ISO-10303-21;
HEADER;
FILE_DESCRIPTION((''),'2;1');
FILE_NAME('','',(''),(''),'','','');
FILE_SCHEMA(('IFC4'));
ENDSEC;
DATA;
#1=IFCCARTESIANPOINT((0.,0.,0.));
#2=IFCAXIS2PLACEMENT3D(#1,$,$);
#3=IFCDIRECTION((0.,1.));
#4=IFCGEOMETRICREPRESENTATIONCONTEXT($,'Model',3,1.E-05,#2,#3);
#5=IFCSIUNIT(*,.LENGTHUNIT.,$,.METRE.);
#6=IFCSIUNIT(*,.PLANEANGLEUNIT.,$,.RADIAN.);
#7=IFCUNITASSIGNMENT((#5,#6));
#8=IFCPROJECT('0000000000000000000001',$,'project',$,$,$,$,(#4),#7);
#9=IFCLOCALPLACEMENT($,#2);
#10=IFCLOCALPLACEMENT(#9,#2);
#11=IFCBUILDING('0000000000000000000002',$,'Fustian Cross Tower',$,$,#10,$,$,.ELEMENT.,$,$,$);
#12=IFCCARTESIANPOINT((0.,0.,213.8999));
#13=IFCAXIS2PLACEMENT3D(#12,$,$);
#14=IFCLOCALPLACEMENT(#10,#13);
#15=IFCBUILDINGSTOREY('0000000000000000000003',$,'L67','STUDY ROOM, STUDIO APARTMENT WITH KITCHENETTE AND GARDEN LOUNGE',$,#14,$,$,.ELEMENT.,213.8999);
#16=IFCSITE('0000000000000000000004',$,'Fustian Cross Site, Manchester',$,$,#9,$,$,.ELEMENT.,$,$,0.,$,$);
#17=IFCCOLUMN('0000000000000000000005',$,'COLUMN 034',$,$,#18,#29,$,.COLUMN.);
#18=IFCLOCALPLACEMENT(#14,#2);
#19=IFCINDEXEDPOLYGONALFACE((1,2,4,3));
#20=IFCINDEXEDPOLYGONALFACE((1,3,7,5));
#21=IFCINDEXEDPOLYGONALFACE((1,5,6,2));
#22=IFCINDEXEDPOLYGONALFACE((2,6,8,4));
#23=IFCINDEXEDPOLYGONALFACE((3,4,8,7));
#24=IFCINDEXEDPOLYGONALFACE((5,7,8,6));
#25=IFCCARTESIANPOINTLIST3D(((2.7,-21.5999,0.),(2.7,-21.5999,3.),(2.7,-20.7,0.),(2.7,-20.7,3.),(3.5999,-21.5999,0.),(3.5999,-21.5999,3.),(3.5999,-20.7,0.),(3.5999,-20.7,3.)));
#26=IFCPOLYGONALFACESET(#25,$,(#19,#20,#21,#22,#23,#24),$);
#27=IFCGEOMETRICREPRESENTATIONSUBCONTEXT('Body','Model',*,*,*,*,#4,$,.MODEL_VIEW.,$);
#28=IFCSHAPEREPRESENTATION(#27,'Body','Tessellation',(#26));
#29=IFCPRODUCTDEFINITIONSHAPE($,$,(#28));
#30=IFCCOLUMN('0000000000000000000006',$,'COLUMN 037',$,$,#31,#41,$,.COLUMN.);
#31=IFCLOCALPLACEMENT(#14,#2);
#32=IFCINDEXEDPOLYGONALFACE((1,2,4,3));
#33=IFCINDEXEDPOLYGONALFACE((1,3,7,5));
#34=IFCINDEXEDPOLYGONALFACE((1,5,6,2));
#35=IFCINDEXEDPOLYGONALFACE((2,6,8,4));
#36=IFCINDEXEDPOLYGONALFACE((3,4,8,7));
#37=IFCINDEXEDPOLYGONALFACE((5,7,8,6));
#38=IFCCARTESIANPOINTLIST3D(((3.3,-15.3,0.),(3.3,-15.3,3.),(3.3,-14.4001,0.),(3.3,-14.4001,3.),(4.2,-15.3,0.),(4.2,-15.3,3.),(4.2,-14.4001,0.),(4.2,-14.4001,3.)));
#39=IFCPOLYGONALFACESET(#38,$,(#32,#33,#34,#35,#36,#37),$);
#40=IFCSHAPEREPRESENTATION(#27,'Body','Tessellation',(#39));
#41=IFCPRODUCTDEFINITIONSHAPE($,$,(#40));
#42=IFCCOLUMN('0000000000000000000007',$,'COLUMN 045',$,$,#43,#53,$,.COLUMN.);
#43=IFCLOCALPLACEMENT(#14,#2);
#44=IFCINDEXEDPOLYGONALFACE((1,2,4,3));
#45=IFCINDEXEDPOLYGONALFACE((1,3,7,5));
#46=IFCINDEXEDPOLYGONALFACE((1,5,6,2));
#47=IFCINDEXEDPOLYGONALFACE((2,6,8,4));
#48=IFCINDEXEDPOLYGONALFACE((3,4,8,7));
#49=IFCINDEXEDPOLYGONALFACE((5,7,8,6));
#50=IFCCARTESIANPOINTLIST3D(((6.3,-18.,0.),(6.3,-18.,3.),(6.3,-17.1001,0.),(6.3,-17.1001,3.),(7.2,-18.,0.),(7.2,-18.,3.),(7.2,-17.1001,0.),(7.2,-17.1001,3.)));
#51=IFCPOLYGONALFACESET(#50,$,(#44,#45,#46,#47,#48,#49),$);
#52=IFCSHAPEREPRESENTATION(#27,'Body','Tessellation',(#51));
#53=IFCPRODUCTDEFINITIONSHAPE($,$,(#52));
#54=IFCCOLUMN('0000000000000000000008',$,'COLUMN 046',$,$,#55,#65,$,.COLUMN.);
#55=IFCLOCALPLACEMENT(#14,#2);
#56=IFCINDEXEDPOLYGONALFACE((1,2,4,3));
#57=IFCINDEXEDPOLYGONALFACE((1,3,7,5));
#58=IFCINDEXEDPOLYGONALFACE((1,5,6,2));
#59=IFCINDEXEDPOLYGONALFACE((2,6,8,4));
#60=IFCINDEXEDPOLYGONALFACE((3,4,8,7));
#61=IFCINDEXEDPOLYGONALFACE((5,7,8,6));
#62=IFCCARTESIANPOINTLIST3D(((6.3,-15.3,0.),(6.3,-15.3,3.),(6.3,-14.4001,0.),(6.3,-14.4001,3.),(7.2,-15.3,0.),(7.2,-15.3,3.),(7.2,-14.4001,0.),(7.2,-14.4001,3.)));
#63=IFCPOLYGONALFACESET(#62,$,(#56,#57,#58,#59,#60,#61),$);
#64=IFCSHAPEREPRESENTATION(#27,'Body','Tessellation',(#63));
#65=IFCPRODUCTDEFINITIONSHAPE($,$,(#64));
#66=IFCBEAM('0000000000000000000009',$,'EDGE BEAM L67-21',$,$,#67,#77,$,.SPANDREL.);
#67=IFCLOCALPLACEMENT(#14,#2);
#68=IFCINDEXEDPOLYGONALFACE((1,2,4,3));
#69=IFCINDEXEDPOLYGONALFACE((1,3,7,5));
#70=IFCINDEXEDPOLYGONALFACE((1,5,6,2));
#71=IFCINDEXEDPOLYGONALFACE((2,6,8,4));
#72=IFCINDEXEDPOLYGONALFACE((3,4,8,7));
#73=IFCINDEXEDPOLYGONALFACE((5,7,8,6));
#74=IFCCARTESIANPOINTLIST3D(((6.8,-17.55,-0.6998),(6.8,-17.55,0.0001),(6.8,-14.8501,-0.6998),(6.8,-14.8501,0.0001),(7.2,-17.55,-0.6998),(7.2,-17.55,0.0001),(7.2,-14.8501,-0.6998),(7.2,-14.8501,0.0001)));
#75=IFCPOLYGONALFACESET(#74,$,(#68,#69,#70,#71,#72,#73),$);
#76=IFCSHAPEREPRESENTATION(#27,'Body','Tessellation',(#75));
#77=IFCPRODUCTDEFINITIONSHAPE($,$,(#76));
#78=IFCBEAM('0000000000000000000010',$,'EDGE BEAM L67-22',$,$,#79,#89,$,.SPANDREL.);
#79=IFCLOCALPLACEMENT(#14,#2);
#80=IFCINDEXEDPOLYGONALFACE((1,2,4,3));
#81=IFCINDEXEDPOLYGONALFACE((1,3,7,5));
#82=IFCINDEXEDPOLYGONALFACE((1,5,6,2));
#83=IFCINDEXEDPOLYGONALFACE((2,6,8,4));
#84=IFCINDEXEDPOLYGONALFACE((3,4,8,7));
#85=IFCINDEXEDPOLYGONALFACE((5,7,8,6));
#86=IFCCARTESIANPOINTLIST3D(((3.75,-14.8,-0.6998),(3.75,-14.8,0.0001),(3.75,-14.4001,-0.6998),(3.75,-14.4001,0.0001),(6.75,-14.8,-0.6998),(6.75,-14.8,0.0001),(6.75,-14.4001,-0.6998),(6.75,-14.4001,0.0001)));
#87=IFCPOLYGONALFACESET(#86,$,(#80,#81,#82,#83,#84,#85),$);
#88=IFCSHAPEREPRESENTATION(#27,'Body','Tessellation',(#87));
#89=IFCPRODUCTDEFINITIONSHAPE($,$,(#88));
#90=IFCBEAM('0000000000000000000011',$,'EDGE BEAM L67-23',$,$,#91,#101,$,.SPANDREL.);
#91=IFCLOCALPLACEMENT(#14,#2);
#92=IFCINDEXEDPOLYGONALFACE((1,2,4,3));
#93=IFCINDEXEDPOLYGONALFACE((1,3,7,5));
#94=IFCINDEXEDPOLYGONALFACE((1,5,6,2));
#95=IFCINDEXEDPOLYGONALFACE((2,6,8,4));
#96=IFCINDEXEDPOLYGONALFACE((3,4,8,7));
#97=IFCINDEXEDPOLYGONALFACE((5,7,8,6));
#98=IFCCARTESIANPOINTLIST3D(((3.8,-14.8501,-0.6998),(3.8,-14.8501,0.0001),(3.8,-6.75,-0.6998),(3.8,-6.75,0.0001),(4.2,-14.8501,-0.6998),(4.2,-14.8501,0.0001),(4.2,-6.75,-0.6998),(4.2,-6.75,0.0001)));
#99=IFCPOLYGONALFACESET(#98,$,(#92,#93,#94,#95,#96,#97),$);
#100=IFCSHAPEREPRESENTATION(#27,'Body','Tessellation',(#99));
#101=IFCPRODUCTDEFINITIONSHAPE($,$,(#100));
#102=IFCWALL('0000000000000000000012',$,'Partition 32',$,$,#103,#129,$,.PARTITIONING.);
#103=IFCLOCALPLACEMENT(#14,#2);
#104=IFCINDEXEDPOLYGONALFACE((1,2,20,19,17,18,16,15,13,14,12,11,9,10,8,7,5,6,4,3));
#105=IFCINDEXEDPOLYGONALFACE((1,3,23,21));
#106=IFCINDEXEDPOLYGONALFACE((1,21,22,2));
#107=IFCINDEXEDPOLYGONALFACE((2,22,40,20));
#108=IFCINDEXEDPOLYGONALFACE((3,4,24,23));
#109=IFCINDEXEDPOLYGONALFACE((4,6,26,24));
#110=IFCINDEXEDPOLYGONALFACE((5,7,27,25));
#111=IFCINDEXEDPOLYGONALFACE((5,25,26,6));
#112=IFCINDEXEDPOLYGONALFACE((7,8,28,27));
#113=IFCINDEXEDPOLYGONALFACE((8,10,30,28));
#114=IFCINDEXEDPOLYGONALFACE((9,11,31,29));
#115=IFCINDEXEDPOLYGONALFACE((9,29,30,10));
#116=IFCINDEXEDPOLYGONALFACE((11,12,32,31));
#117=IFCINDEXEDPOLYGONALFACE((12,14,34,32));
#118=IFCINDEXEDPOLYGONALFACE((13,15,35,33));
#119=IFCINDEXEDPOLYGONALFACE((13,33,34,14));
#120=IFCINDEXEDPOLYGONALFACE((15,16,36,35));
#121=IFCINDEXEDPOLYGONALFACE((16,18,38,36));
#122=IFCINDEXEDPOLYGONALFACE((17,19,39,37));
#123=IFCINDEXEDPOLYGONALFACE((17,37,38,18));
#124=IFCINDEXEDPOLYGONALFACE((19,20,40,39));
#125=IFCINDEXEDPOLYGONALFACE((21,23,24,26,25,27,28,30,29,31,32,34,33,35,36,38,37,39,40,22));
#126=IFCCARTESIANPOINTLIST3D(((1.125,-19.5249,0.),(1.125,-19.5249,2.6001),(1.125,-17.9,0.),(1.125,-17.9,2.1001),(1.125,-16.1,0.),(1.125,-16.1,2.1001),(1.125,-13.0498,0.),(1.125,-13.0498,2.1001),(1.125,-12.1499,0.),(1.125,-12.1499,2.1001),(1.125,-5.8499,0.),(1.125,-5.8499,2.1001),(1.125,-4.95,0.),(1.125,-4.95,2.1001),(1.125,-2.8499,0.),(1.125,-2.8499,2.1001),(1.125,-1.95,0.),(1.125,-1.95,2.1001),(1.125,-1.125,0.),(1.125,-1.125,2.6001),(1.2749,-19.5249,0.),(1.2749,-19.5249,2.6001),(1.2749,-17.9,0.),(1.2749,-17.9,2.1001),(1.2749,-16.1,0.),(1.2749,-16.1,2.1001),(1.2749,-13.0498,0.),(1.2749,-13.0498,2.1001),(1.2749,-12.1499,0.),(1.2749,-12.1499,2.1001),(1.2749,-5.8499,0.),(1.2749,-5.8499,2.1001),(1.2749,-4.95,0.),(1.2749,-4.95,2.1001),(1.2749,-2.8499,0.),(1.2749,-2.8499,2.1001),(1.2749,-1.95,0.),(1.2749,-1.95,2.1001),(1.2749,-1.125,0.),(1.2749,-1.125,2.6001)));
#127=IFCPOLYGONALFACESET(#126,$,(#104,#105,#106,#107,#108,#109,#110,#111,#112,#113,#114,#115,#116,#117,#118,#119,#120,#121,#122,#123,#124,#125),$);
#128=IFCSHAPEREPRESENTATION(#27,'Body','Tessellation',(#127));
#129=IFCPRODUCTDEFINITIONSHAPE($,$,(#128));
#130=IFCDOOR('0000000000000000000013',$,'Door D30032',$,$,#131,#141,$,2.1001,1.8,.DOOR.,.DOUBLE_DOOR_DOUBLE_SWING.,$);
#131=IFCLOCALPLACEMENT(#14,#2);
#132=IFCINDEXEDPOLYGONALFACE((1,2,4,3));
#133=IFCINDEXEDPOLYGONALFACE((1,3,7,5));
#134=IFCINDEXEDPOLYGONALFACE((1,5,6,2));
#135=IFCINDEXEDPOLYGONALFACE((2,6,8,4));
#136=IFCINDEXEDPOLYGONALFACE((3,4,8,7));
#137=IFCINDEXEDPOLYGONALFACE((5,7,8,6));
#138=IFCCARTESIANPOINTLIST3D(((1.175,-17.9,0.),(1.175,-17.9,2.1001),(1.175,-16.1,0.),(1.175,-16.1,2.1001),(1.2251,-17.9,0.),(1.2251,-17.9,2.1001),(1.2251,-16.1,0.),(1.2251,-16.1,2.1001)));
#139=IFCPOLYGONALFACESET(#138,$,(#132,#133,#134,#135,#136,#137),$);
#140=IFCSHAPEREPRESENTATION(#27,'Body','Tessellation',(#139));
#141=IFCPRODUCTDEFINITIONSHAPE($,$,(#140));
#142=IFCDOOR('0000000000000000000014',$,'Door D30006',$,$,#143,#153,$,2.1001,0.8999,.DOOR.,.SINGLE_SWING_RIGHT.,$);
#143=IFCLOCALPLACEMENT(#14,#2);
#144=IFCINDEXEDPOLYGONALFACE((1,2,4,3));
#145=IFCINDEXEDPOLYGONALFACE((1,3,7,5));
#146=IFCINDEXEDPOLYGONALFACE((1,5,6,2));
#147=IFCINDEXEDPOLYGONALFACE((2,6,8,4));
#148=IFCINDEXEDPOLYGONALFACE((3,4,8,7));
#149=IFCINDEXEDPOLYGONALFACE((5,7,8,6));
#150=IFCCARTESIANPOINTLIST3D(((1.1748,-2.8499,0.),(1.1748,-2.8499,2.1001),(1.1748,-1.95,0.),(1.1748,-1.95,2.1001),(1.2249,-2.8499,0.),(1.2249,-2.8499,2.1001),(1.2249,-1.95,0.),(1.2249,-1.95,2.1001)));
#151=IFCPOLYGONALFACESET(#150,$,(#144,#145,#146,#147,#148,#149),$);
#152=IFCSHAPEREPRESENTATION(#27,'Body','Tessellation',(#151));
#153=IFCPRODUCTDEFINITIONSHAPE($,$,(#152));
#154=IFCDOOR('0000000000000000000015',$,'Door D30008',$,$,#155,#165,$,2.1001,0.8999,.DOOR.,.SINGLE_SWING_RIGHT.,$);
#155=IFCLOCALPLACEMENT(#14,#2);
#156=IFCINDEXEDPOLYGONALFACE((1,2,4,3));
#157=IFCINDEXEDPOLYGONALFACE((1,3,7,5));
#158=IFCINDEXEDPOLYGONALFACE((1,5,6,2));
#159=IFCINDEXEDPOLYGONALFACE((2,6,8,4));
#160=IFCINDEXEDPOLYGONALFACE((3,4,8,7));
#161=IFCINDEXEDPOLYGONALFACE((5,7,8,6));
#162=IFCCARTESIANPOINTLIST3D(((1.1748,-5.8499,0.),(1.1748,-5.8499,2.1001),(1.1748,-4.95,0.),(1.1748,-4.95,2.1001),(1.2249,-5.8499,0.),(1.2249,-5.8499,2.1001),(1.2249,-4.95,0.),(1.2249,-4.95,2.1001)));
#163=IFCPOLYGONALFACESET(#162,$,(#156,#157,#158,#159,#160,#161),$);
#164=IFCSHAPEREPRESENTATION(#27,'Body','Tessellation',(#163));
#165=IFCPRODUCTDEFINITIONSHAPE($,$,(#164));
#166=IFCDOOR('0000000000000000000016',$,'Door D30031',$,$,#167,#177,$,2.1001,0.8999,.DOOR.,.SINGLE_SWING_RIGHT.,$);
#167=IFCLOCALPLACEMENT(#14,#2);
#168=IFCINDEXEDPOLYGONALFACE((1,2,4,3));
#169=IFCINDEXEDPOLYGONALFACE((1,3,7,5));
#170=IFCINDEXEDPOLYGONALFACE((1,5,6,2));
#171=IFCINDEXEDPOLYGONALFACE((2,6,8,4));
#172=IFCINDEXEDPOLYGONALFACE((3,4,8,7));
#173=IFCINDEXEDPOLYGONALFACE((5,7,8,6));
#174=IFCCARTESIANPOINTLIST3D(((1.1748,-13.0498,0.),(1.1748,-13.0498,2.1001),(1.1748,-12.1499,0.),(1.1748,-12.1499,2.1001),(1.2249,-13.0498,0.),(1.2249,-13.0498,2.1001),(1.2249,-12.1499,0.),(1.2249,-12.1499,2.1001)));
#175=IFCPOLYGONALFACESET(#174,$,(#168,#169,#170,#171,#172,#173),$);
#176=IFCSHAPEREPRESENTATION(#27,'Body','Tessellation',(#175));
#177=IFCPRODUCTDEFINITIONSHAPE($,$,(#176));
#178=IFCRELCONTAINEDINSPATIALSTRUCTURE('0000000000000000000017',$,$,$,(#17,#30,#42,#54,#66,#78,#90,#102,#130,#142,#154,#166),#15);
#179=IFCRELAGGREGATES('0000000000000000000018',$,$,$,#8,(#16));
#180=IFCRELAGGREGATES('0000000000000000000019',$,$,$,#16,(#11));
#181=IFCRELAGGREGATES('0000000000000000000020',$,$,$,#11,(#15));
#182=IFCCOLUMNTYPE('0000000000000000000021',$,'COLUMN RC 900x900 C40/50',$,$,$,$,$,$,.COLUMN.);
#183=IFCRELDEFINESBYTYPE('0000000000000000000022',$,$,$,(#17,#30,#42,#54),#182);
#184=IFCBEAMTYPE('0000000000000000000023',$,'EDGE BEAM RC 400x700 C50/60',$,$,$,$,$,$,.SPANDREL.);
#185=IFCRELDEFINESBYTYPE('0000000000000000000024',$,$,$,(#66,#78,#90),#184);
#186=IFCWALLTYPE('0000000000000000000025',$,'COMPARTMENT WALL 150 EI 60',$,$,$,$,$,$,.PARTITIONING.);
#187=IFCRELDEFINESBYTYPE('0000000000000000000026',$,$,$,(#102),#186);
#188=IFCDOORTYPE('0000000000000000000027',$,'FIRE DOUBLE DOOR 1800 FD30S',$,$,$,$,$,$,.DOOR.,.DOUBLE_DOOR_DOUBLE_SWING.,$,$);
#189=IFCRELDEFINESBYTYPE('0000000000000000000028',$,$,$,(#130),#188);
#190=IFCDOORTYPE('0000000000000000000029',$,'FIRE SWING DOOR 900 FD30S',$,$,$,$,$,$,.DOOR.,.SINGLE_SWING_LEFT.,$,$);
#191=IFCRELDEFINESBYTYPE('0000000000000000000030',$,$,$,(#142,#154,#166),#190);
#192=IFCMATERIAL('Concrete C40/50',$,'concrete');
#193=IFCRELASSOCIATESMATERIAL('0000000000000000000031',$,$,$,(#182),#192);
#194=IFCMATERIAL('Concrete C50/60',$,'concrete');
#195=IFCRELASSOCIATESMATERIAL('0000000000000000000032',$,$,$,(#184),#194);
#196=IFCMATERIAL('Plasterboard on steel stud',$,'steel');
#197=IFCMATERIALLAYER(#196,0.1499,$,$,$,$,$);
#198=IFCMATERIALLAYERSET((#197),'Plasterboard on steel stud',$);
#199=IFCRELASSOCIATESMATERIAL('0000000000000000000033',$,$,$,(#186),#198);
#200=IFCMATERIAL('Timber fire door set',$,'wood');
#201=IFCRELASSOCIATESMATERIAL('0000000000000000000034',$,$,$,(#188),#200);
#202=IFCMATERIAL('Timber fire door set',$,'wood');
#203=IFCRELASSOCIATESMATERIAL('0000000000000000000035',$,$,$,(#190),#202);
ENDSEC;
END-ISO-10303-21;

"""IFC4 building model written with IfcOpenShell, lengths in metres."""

from ifc_helpers import new_model, si_unit, direction, frame, frame_2d, origin, origin_2d, place, context, subcontext, project, spatial, rectangle, extrude, material, layer, layer_set, material_profile, profile_set, type_object, element, fill, save


model = new_model("IFC4")

# Units and contexts
model_context = context("Model", 3, precision=1e-05, world=origin(), true_north=direction((0.0, 1.0)))
body_context = subcontext(model_context, "Body", "Model", "MODEL_VIEW")
ifc_project = project(units=[si_unit("LENGTHUNIT", "METRE"), si_unit("PLANEANGLEUNIT", "RADIAN")], contexts=[model_context])

# Site, building, storey
site_placement = place(None, origin())
site = spatial("IfcSite", under=ifc_project, at=site_placement, Name="Fustian Cross Site, Manchester", CompositionType="ELEMENT", RefElevation=0.0)
building_placement = place(site_placement, origin())
building = spatial("IfcBuilding", under=site, at=building_placement, Name="Fustian Cross Tower", CompositionType="ELEMENT")
storey_placement = place(building_placement, frame((0.0, 0.0, 213.8999)))
storey = spatial("IfcBuildingStorey", under=building, at=storey_placement, Name="L67", Description="STUDY ROOM, STUDIO APARTMENT WITH KITCHENETTE AND GARDEN LOUNGE", CompositionType="ELEMENT", Elevation=213.8999)

# Columns
ifc_material_1 = material(Name="Concrete C40/50", Category="concrete")
ifc_material_profile_1 = material_profile(ifc_material_1, rectangle(XDim=0.8999, YDim=0.8999, at=origin_2d()), Name="RC 900x900")
ifc_profile_set_1 = profile_set([ifc_material_profile_1], Name="Concrete C40/50")
column_type = type_object("IfcColumnType", Name="COLUMN RC 900x900 C40/50", PredefinedType="COLUMN", material=ifc_profile_set_1)
for number, where, z_axis, x_axis, name in (
    (1, (3.1499, -21.1499, 0.0), (0.0, 0.0, 1.0), (1.0, 0.0, 0.0), "COLUMN 034"),
    (2, (3.75, -14.8501, 0.0), (0.0, 0.0, 1.0), (1.0, 0.0, 0.0), "COLUMN 037"),
    (3, (6.75, -17.55, 0.0), (0.0, 0.0, 1.0), (1.0, 0.0, 0.0), "COLUMN 045"),
    (4, (6.75, -14.8501, 0.0), (0.0, 0.0, 1.0), (1.0, 0.0, 0.0), "COLUMN 046"),
):
    element("IfcColumn", number, at=place(storey_placement, frame(where, z_axis=z_axis, x_axis=x_axis)), inside=storey, type_object=column_type, Name=name, PredefinedType="COLUMN", context=body_context, shape_type="SweptSolid", body=[
        extrude(rectangle(XDim=0.8999, YDim=0.8999, at=origin_2d()), origin(), (0.0, 0.0, 1.0), 3.0),
    ])

# Beams
ifc_material_2 = material(Name="Concrete C50/60", Category="concrete")
ifc_material_profile_2 = material_profile(ifc_material_2, rectangle(XDim=0.3999, YDim=0.7, at=origin_2d()), Name="RC 400x700")
ifc_profile_set_2 = profile_set([ifc_material_profile_2], Name="Concrete C50/60")
beam_type = type_object("IfcBeamType", Name="EDGE BEAM RC 400x700 C50/60", PredefinedType="SPANDREL", material=ifc_profile_set_2)
beam_1_placement = place(storey_placement, frame((7.0, -17.55, -0.3499), z_axis=(0.0, 1.0, 0.0), x_axis=(-1.0, 0.0, 0.0)))
element("IfcBeam", 5, at=beam_1_placement, inside=storey, type_object=beam_type, Name="EDGE BEAM L67-21", PredefinedType="SPANDREL", context=body_context, shape_type="SweptSolid", body=[
    extrude(rectangle(XDim=0.3999, YDim=0.7, at=origin_2d()), origin(), (0.0, 0.0, 1.0), 2.7),
])
beam_2_placement = place(storey_placement, frame((6.75, -14.6001, -0.3499), z_axis=(-1.0, 0.0, 0.0), x_axis=(0.0, -1.0, 0.0)))
element("IfcBeam", 6, at=beam_2_placement, inside=storey, type_object=beam_type, Name="EDGE BEAM L67-22", PredefinedType="SPANDREL", context=body_context, shape_type="SweptSolid", body=[
    extrude(rectangle(XDim=0.3999, YDim=0.7, at=origin_2d()), origin(), (0.0, 0.0, 1.0), 3.0),
])
beam_3_placement = place(storey_placement, frame((4.0, -14.8501, -0.3499), z_axis=(0.0, 1.0, 0.0), x_axis=(-1.0, 0.0, 0.0)))
element("IfcBeam", 7, at=beam_3_placement, inside=storey, type_object=beam_type, Name="EDGE BEAM L67-23", PredefinedType="SPANDREL", context=body_context, shape_type="SweptSolid", body=[
    extrude(rectangle(XDim=0.3999, YDim=0.7, at=origin_2d()), origin(), (0.0, 0.0, 1.0), 8.1001),
])

# Wall, openings, doors
ifc_material_3 = material(Name="Plasterboard on steel stud", Category="steel")
ifc_layer_1 = layer(ifc_material_3, 0.1499)
ifc_layer_set_1 = layer_set([ifc_layer_1], Name="Plasterboard on steel stud")
wall_type_1 = type_object("IfcWallType", Name="COMPARTMENT WALL 150 EI 60", PredefinedType="PARTITIONING", material=ifc_layer_set_1)
wall_1_placement = place(storey_placement, frame((1.2, -19.5249, 0.0), z_axis=(0.0, 0.0, 1.0), x_axis=(0.0, 1.0, 0.0)))
wall_1 = element("IfcWall", 8, at=wall_1_placement, inside=storey, type_object=wall_type_1, Name="Partition 32", PredefinedType="PARTITIONING", context=body_context, shape_type="SweptSolid", body=[
    extrude(rectangle(XDim=18.3999, YDim=0.1499, at=frame_2d((9.2, 0.0))), origin(), (0.0, 0.0, 1.0), 2.6001),
])
opening_1_placement = place(wall_1_placement, frame((16.675, 0.0, 0.0)))
opening_1 = element("IfcOpeningElement", 9, at=opening_1_placement, cuts=wall_1, PredefinedType="OPENING", context=body_context, shape_type="SweptSolid", body=[
    extrude(rectangle(XDim=0.8999, YDim=2.1001, at=frame_2d((0.45, 1.05))), frame((0.0, 0.085, 0.0), z_axis=(0.0, -1.0, 0.0), x_axis=(1.0, 0.0, 0.0)), (0.0, 0.0, 1.0), 0.1699),
])
opening_2_placement = place(wall_1_placement, frame((13.675, 0.0, 0.0)))
opening_2 = element("IfcOpeningElement", 10, at=opening_2_placement, cuts=wall_1, PredefinedType="OPENING", context=body_context, shape_type="SweptSolid", body=[
    extrude(rectangle(XDim=0.8999, YDim=2.1001, at=frame_2d((0.45, 1.05))), frame((0.0, 0.085, 0.0), z_axis=(0.0, -1.0, 0.0), x_axis=(1.0, 0.0, 0.0)), (0.0, 0.0, 1.0), 0.1699),
])
opening_3_placement = place(wall_1_placement, frame((6.4751, 0.0, 0.0)))
opening_3 = element("IfcOpeningElement", 11, at=opening_3_placement, cuts=wall_1, PredefinedType="OPENING", context=body_context, shape_type="SweptSolid", body=[
    extrude(rectangle(XDim=0.8999, YDim=2.1001, at=frame_2d((0.45, 1.05))), frame((0.0, 0.085, 0.0), z_axis=(0.0, -1.0, 0.0), x_axis=(1.0, 0.0, 0.0)), (0.0, 0.0, 1.0), 0.1699),
])
opening_4_placement = place(wall_1_placement, frame((1.625, 0.0, 0.0)))
opening_4 = element("IfcOpeningElement", 12, at=opening_4_placement, cuts=wall_1, PredefinedType="OPENING", context=body_context, shape_type="SweptSolid", body=[
    extrude(rectangle(XDim=1.8, YDim=2.1001, at=frame_2d((0.8999, 1.05))), frame((0.0, 0.085, 0.0), z_axis=(0.0, -1.0, 0.0), x_axis=(1.0, 0.0, 0.0)), (0.0, 0.0, 1.0), 0.1699),
])
ifc_material_4 = material(Name="Timber fire door set", Category="wood")
door_type_1 = type_object("IfcDoorType", Name="FIRE DOUBLE DOOR 1800 FD30S", OperationType="DOUBLE_DOOR_DOUBLE_SWING", PredefinedType="DOOR", material=ifc_material_4)
door_1_placement = place(opening_4_placement, origin())
door_1 = element("IfcDoor", 13, at=door_1_placement, inside=storey, type_object=door_type_1, Name="Door D30032", OperationType="DOUBLE_DOOR_DOUBLE_SWING", OverallHeight=2.1001, OverallWidth=1.8, PredefinedType="DOOR", context=body_context, shape_type="SweptSolid", body=[
    extrude(rectangle(XDim=1.8, YDim=2.1001, at=frame_2d((0.8999, 1.05))), frame((0.0, 0.0249, 0.0), z_axis=(0.0, -1.0, 0.0), x_axis=(1.0, 0.0, 0.0)), (0.0, 0.0, 1.0), 0.05),
])
fill(opening_4, door_1)
ifc_material_5 = material(Name="Timber fire door set", Category="wood")
door_type_2 = type_object("IfcDoorType", Name="FIRE SWING DOOR 900 FD30S", OperationType="SINGLE_SWING_LEFT", PredefinedType="DOOR", material=ifc_material_5)
door_2_placement = place(opening_1_placement, frame((0.8999, 0.0, 0.0), z_axis=(0.0, 0.0, 1.0), x_axis=(-1.0, 0.0, 0.0)))
door_2 = element("IfcDoor", 14, at=door_2_placement, inside=storey, type_object=door_type_2, Name="Door D30006", OperationType="SINGLE_SWING_RIGHT", OverallHeight=2.1001, OverallWidth=0.8999, PredefinedType="DOOR", context=body_context, shape_type="SweptSolid", body=[
    extrude(rectangle(XDim=0.8999, YDim=2.1001, at=frame_2d((0.45, 1.05))), frame((0.0, 0.0249, 0.0), z_axis=(0.0, -1.0, 0.0), x_axis=(1.0, 0.0, 0.0)), (0.0, 0.0, 1.0), 0.05),
])
fill(opening_1, door_2)
door_3_placement = place(opening_2_placement, frame((0.8999, 0.0, 0.0), z_axis=(0.0, 0.0, 1.0), x_axis=(-1.0, 0.0, 0.0)))
door_3 = element("IfcDoor", 15, at=door_3_placement, inside=storey, type_object=door_type_2, Name="Door D30008", OperationType="SINGLE_SWING_RIGHT", OverallHeight=2.1001, OverallWidth=0.8999, PredefinedType="DOOR", context=body_context, shape_type="SweptSolid", body=[
    extrude(rectangle(XDim=0.8999, YDim=2.1001, at=frame_2d((0.45, 1.05))), frame((0.0, 0.0249, 0.0), z_axis=(0.0, -1.0, 0.0), x_axis=(1.0, 0.0, 0.0)), (0.0, 0.0, 1.0), 0.05),
])
fill(opening_2, door_3)
door_4_placement = place(opening_3_placement, frame((0.8999, 0.0, 0.0), z_axis=(0.0, 0.0, 1.0), x_axis=(-1.0, 0.0, 0.0)))
door_4 = element("IfcDoor", 16, at=door_4_placement, inside=storey, type_object=door_type_2, Name="Door D30031", OperationType="SINGLE_SWING_RIGHT", OverallHeight=2.1001, OverallWidth=0.8999, PredefinedType="DOOR", context=body_context, shape_type="SweptSolid", body=[
    extrude(rectangle(XDim=0.8999, YDim=2.1001, at=frame_2d((0.45, 1.05))), frame((0.0, 0.0249, 0.0), z_axis=(0.0, -1.0, 0.0), x_axis=(1.0, 0.0, 0.0)), (0.0, 0.0, 1.0), 0.05),
])
fill(opening_3, door_4)

save(model, "model.ifc")
